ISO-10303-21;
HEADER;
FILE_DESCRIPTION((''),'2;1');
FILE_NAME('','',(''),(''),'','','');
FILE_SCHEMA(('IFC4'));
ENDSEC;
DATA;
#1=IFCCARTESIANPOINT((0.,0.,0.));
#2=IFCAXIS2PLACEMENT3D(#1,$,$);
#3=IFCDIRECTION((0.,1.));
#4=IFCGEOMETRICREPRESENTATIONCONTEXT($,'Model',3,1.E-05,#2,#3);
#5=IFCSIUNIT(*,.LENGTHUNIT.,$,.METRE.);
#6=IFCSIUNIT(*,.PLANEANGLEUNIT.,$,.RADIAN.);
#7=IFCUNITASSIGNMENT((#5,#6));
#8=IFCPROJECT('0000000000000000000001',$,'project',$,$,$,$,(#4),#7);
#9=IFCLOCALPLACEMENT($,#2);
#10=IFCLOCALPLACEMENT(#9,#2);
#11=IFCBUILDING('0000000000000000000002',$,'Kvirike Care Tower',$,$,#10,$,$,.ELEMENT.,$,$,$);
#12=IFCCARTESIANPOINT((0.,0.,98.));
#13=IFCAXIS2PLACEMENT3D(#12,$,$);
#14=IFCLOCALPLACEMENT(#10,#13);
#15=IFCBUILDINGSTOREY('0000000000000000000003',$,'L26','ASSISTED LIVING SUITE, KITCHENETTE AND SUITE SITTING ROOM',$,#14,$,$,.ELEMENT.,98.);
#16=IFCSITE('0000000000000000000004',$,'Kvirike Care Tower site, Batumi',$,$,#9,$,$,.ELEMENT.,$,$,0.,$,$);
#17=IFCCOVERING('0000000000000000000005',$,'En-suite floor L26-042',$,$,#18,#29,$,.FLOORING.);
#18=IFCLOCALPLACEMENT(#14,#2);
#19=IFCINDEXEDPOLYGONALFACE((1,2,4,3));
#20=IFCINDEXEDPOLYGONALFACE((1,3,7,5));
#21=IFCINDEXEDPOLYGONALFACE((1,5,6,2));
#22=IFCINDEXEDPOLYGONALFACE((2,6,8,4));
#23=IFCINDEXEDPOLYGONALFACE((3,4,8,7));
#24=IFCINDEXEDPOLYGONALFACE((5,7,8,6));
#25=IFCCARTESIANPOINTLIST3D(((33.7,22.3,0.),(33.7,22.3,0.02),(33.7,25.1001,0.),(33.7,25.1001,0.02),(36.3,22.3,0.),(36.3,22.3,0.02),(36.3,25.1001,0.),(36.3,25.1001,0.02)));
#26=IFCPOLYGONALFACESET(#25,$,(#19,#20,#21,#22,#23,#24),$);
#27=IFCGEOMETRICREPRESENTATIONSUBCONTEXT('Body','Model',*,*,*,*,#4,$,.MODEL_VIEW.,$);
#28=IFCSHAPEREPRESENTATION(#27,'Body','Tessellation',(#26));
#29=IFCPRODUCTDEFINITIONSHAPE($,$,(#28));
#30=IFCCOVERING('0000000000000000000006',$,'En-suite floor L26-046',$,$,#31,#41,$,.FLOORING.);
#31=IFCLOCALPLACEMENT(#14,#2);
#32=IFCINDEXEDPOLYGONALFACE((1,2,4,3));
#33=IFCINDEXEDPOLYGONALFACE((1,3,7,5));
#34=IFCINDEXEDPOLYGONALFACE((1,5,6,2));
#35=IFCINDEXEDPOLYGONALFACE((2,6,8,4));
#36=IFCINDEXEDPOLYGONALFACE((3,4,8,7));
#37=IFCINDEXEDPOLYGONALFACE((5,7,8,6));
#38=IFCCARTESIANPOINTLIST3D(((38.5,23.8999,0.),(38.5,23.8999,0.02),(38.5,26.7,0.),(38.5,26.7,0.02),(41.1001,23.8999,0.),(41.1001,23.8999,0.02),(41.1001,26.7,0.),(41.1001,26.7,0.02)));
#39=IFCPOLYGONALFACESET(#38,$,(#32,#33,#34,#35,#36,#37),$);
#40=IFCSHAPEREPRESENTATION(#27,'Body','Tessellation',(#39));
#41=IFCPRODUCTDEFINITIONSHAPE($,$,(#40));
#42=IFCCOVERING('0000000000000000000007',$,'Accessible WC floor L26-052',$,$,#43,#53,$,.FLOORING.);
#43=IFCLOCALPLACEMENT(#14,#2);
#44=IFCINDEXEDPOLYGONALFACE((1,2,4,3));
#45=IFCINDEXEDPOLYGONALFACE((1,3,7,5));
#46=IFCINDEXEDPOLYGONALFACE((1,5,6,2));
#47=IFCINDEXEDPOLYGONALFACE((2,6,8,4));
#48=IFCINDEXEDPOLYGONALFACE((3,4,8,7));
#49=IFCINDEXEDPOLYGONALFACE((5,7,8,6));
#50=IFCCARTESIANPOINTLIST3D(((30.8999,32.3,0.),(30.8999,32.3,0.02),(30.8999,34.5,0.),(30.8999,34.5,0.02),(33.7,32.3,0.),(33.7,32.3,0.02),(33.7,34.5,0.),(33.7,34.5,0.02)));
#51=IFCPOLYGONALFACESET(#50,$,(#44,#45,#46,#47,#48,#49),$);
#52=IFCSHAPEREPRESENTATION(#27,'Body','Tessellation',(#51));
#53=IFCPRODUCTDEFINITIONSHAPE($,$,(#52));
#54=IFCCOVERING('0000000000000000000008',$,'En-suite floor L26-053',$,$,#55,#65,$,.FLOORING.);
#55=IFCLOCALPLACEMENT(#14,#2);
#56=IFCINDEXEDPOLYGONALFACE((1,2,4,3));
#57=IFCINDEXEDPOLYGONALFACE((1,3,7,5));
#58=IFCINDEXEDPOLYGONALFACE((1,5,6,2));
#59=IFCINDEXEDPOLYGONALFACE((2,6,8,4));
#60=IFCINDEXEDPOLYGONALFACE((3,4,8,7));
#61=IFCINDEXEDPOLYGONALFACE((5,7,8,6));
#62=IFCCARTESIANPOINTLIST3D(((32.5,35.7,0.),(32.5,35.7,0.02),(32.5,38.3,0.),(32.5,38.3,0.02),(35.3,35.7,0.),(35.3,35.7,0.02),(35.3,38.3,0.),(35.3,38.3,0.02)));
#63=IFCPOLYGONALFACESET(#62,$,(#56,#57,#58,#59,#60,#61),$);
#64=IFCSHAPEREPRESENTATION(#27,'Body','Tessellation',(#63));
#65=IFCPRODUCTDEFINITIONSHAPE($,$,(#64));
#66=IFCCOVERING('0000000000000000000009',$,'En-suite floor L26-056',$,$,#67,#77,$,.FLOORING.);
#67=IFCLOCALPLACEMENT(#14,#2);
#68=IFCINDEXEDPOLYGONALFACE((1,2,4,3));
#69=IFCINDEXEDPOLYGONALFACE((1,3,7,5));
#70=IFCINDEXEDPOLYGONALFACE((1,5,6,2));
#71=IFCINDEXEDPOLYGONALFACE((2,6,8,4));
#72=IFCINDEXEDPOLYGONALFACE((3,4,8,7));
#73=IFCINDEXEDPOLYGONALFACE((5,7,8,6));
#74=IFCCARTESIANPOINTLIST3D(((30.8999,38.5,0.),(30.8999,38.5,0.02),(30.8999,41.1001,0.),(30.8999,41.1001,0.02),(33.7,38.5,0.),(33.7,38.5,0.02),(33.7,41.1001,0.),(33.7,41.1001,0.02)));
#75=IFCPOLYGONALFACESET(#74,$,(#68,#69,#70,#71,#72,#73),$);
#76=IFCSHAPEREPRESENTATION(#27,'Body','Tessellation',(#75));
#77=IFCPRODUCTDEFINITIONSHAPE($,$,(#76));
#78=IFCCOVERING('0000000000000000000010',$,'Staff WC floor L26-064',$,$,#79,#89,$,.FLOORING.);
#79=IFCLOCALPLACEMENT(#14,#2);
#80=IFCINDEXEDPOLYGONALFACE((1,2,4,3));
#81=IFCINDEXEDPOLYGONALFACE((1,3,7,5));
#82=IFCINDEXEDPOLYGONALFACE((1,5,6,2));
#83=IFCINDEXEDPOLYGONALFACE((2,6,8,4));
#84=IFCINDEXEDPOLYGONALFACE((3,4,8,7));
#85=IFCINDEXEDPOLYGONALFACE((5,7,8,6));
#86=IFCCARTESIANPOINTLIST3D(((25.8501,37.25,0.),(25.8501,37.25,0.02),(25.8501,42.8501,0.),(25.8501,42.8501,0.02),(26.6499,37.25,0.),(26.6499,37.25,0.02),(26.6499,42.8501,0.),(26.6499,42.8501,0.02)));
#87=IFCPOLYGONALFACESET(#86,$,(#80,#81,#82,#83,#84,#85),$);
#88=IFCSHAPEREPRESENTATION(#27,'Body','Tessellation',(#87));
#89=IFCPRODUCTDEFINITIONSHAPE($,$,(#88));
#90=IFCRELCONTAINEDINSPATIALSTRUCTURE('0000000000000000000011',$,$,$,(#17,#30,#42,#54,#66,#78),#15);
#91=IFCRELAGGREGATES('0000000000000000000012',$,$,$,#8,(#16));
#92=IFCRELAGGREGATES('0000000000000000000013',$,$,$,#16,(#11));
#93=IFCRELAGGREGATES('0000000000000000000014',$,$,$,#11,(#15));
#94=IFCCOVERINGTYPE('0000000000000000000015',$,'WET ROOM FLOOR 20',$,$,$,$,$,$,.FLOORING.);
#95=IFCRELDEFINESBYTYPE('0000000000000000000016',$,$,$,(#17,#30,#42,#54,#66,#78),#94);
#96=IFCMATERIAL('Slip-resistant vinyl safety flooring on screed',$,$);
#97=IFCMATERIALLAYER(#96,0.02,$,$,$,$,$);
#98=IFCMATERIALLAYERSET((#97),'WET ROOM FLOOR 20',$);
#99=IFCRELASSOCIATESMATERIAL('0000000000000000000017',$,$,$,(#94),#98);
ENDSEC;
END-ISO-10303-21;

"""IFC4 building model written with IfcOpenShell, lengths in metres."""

from ifc_helpers import new_model, si_unit, direction, frame, origin, place, context, subcontext, project, spatial, polyline, outline, extrude, material, layer, layer_set, type_object, element, save


model = new_model("IFC4")

# Units and contexts
model_context = context("Model", 3, precision=1e-05, world=origin(), true_north=direction((0.0, 1.0)))
body_context = subcontext(model_context, "Body", "Model", "MODEL_VIEW")
ifc_project = project(units=[si_unit("LENGTHUNIT", "METRE"), si_unit("PLANEANGLEUNIT", "RADIAN")], contexts=[model_context])

# Site, building, storey
site_placement = place(None, origin())
site = spatial("IfcSite", under=ifc_project, at=site_placement, Name="Kvirike Care Tower site, Batumi", CompositionType="ELEMENT", RefElevation=0.0)
building_placement = place(site_placement, origin())
building = spatial("IfcBuilding", under=site, at=building_placement, Name="Kvirike Care Tower", CompositionType="ELEMENT")
storey_placement = place(building_placement, frame((0.0, 0.0, 98.0)))
storey = spatial("IfcBuildingStorey", under=building, at=storey_placement, Name="L26", Description="ASSISTED LIVING SUITE, KITCHENETTE AND SUITE SITTING ROOM", CompositionType="ELEMENT", Elevation=98.0)

# Coverings
ifc_material_1 = material(Name="Slip-resistant vinyl safety flooring on screed")
ifc_layer_1 = layer(ifc_material_1, 0.02)
ifc_layer_set_1 = layer_set([ifc_layer_1], Name="WET ROOM FLOOR 20")
covering_type_1 = type_object("IfcCoveringType", Name="WET ROOM FLOOR 20", PredefinedType="FLOORING", material=ifc_layer_set_1)
covering_1_placement = place(storey_placement, origin())
element("IfcCovering", 1, at=covering_1_placement, inside=storey, type_object=covering_type_1, Name="En-suite floor L26-042", PredefinedType="FLOORING", context=body_context, shape_type="SweptSolid", body=[
    extrude(outline(polyline([(33.7, 22.3), (33.7, 25.1001), (36.3, 25.1001), (36.3, 22.3), (33.7, 22.3)])), origin(), (0.0, 0.0, 1.0), 0.02),
])
covering_2_placement = place(storey_placement, origin())
element("IfcCovering", 2, at=covering_2_placement, inside=storey, type_object=covering_type_1, Name="En-suite floor L26-046", PredefinedType="FLOORING", context=body_context, shape_type="SweptSolid", body=[
    extrude(outline(polyline([(38.5, 23.8999), (38.5, 26.7), (41.1001, 26.7), (41.1001, 23.8999), (38.5, 23.8999)])), origin(), (0.0, 0.0, 1.0), 0.02),
])
covering_3_placement = place(storey_placement, origin())
element("IfcCovering", 3, at=covering_3_placement, inside=storey, type_object=covering_type_1, Name="Accessible WC floor L26-052", PredefinedType="FLOORING", context=body_context, shape_type="SweptSolid", body=[
    extrude(outline(polyline([(33.7, 32.3), (30.8999, 32.3), (30.8999, 34.5), (33.7, 34.5), (33.7, 32.3)])), origin(), (0.0, 0.0, 1.0), 0.02),
])
covering_4_placement = place(storey_placement, origin())
element("IfcCovering", 4, at=covering_4_placement, inside=storey, type_object=covering_type_1, Name="En-suite floor L26-053", PredefinedType="FLOORING", context=body_context, shape_type="SweptSolid", body=[
    extrude(outline(polyline([(35.3, 35.7), (32.5, 35.7), (32.5, 38.3), (35.3, 38.3), (35.3, 35.7)])), origin(), (0.0, 0.0, 1.0), 0.02),
])
covering_5_placement = place(storey_placement, origin())
element("IfcCovering", 5, at=covering_5_placement, inside=storey, type_object=covering_type_1, Name="En-suite floor L26-056", PredefinedType="FLOORING", context=body_context, shape_type="SweptSolid", body=[
    extrude(outline(polyline([(33.7, 38.5), (30.8999, 38.5), (30.8999, 41.1001), (33.7, 41.1001), (33.7, 38.5)])), origin(), (0.0, 0.0, 1.0), 0.02),
])
covering_6_placement = place(storey_placement, origin())
element("IfcCovering", 6, at=covering_6_placement, inside=storey, type_object=covering_type_1, Name="Staff WC floor L26-064", PredefinedType="FLOORING", context=body_context, shape_type="SweptSolid", body=[
    extrude(outline(polyline([(26.6499, 37.25), (25.8501, 37.25), (25.8501, 42.8501), (26.6499, 42.8501), (26.6499, 37.25)])), origin(), (0.0, 0.0, 1.0), 0.02),
])

save(model, "model.ifc")
